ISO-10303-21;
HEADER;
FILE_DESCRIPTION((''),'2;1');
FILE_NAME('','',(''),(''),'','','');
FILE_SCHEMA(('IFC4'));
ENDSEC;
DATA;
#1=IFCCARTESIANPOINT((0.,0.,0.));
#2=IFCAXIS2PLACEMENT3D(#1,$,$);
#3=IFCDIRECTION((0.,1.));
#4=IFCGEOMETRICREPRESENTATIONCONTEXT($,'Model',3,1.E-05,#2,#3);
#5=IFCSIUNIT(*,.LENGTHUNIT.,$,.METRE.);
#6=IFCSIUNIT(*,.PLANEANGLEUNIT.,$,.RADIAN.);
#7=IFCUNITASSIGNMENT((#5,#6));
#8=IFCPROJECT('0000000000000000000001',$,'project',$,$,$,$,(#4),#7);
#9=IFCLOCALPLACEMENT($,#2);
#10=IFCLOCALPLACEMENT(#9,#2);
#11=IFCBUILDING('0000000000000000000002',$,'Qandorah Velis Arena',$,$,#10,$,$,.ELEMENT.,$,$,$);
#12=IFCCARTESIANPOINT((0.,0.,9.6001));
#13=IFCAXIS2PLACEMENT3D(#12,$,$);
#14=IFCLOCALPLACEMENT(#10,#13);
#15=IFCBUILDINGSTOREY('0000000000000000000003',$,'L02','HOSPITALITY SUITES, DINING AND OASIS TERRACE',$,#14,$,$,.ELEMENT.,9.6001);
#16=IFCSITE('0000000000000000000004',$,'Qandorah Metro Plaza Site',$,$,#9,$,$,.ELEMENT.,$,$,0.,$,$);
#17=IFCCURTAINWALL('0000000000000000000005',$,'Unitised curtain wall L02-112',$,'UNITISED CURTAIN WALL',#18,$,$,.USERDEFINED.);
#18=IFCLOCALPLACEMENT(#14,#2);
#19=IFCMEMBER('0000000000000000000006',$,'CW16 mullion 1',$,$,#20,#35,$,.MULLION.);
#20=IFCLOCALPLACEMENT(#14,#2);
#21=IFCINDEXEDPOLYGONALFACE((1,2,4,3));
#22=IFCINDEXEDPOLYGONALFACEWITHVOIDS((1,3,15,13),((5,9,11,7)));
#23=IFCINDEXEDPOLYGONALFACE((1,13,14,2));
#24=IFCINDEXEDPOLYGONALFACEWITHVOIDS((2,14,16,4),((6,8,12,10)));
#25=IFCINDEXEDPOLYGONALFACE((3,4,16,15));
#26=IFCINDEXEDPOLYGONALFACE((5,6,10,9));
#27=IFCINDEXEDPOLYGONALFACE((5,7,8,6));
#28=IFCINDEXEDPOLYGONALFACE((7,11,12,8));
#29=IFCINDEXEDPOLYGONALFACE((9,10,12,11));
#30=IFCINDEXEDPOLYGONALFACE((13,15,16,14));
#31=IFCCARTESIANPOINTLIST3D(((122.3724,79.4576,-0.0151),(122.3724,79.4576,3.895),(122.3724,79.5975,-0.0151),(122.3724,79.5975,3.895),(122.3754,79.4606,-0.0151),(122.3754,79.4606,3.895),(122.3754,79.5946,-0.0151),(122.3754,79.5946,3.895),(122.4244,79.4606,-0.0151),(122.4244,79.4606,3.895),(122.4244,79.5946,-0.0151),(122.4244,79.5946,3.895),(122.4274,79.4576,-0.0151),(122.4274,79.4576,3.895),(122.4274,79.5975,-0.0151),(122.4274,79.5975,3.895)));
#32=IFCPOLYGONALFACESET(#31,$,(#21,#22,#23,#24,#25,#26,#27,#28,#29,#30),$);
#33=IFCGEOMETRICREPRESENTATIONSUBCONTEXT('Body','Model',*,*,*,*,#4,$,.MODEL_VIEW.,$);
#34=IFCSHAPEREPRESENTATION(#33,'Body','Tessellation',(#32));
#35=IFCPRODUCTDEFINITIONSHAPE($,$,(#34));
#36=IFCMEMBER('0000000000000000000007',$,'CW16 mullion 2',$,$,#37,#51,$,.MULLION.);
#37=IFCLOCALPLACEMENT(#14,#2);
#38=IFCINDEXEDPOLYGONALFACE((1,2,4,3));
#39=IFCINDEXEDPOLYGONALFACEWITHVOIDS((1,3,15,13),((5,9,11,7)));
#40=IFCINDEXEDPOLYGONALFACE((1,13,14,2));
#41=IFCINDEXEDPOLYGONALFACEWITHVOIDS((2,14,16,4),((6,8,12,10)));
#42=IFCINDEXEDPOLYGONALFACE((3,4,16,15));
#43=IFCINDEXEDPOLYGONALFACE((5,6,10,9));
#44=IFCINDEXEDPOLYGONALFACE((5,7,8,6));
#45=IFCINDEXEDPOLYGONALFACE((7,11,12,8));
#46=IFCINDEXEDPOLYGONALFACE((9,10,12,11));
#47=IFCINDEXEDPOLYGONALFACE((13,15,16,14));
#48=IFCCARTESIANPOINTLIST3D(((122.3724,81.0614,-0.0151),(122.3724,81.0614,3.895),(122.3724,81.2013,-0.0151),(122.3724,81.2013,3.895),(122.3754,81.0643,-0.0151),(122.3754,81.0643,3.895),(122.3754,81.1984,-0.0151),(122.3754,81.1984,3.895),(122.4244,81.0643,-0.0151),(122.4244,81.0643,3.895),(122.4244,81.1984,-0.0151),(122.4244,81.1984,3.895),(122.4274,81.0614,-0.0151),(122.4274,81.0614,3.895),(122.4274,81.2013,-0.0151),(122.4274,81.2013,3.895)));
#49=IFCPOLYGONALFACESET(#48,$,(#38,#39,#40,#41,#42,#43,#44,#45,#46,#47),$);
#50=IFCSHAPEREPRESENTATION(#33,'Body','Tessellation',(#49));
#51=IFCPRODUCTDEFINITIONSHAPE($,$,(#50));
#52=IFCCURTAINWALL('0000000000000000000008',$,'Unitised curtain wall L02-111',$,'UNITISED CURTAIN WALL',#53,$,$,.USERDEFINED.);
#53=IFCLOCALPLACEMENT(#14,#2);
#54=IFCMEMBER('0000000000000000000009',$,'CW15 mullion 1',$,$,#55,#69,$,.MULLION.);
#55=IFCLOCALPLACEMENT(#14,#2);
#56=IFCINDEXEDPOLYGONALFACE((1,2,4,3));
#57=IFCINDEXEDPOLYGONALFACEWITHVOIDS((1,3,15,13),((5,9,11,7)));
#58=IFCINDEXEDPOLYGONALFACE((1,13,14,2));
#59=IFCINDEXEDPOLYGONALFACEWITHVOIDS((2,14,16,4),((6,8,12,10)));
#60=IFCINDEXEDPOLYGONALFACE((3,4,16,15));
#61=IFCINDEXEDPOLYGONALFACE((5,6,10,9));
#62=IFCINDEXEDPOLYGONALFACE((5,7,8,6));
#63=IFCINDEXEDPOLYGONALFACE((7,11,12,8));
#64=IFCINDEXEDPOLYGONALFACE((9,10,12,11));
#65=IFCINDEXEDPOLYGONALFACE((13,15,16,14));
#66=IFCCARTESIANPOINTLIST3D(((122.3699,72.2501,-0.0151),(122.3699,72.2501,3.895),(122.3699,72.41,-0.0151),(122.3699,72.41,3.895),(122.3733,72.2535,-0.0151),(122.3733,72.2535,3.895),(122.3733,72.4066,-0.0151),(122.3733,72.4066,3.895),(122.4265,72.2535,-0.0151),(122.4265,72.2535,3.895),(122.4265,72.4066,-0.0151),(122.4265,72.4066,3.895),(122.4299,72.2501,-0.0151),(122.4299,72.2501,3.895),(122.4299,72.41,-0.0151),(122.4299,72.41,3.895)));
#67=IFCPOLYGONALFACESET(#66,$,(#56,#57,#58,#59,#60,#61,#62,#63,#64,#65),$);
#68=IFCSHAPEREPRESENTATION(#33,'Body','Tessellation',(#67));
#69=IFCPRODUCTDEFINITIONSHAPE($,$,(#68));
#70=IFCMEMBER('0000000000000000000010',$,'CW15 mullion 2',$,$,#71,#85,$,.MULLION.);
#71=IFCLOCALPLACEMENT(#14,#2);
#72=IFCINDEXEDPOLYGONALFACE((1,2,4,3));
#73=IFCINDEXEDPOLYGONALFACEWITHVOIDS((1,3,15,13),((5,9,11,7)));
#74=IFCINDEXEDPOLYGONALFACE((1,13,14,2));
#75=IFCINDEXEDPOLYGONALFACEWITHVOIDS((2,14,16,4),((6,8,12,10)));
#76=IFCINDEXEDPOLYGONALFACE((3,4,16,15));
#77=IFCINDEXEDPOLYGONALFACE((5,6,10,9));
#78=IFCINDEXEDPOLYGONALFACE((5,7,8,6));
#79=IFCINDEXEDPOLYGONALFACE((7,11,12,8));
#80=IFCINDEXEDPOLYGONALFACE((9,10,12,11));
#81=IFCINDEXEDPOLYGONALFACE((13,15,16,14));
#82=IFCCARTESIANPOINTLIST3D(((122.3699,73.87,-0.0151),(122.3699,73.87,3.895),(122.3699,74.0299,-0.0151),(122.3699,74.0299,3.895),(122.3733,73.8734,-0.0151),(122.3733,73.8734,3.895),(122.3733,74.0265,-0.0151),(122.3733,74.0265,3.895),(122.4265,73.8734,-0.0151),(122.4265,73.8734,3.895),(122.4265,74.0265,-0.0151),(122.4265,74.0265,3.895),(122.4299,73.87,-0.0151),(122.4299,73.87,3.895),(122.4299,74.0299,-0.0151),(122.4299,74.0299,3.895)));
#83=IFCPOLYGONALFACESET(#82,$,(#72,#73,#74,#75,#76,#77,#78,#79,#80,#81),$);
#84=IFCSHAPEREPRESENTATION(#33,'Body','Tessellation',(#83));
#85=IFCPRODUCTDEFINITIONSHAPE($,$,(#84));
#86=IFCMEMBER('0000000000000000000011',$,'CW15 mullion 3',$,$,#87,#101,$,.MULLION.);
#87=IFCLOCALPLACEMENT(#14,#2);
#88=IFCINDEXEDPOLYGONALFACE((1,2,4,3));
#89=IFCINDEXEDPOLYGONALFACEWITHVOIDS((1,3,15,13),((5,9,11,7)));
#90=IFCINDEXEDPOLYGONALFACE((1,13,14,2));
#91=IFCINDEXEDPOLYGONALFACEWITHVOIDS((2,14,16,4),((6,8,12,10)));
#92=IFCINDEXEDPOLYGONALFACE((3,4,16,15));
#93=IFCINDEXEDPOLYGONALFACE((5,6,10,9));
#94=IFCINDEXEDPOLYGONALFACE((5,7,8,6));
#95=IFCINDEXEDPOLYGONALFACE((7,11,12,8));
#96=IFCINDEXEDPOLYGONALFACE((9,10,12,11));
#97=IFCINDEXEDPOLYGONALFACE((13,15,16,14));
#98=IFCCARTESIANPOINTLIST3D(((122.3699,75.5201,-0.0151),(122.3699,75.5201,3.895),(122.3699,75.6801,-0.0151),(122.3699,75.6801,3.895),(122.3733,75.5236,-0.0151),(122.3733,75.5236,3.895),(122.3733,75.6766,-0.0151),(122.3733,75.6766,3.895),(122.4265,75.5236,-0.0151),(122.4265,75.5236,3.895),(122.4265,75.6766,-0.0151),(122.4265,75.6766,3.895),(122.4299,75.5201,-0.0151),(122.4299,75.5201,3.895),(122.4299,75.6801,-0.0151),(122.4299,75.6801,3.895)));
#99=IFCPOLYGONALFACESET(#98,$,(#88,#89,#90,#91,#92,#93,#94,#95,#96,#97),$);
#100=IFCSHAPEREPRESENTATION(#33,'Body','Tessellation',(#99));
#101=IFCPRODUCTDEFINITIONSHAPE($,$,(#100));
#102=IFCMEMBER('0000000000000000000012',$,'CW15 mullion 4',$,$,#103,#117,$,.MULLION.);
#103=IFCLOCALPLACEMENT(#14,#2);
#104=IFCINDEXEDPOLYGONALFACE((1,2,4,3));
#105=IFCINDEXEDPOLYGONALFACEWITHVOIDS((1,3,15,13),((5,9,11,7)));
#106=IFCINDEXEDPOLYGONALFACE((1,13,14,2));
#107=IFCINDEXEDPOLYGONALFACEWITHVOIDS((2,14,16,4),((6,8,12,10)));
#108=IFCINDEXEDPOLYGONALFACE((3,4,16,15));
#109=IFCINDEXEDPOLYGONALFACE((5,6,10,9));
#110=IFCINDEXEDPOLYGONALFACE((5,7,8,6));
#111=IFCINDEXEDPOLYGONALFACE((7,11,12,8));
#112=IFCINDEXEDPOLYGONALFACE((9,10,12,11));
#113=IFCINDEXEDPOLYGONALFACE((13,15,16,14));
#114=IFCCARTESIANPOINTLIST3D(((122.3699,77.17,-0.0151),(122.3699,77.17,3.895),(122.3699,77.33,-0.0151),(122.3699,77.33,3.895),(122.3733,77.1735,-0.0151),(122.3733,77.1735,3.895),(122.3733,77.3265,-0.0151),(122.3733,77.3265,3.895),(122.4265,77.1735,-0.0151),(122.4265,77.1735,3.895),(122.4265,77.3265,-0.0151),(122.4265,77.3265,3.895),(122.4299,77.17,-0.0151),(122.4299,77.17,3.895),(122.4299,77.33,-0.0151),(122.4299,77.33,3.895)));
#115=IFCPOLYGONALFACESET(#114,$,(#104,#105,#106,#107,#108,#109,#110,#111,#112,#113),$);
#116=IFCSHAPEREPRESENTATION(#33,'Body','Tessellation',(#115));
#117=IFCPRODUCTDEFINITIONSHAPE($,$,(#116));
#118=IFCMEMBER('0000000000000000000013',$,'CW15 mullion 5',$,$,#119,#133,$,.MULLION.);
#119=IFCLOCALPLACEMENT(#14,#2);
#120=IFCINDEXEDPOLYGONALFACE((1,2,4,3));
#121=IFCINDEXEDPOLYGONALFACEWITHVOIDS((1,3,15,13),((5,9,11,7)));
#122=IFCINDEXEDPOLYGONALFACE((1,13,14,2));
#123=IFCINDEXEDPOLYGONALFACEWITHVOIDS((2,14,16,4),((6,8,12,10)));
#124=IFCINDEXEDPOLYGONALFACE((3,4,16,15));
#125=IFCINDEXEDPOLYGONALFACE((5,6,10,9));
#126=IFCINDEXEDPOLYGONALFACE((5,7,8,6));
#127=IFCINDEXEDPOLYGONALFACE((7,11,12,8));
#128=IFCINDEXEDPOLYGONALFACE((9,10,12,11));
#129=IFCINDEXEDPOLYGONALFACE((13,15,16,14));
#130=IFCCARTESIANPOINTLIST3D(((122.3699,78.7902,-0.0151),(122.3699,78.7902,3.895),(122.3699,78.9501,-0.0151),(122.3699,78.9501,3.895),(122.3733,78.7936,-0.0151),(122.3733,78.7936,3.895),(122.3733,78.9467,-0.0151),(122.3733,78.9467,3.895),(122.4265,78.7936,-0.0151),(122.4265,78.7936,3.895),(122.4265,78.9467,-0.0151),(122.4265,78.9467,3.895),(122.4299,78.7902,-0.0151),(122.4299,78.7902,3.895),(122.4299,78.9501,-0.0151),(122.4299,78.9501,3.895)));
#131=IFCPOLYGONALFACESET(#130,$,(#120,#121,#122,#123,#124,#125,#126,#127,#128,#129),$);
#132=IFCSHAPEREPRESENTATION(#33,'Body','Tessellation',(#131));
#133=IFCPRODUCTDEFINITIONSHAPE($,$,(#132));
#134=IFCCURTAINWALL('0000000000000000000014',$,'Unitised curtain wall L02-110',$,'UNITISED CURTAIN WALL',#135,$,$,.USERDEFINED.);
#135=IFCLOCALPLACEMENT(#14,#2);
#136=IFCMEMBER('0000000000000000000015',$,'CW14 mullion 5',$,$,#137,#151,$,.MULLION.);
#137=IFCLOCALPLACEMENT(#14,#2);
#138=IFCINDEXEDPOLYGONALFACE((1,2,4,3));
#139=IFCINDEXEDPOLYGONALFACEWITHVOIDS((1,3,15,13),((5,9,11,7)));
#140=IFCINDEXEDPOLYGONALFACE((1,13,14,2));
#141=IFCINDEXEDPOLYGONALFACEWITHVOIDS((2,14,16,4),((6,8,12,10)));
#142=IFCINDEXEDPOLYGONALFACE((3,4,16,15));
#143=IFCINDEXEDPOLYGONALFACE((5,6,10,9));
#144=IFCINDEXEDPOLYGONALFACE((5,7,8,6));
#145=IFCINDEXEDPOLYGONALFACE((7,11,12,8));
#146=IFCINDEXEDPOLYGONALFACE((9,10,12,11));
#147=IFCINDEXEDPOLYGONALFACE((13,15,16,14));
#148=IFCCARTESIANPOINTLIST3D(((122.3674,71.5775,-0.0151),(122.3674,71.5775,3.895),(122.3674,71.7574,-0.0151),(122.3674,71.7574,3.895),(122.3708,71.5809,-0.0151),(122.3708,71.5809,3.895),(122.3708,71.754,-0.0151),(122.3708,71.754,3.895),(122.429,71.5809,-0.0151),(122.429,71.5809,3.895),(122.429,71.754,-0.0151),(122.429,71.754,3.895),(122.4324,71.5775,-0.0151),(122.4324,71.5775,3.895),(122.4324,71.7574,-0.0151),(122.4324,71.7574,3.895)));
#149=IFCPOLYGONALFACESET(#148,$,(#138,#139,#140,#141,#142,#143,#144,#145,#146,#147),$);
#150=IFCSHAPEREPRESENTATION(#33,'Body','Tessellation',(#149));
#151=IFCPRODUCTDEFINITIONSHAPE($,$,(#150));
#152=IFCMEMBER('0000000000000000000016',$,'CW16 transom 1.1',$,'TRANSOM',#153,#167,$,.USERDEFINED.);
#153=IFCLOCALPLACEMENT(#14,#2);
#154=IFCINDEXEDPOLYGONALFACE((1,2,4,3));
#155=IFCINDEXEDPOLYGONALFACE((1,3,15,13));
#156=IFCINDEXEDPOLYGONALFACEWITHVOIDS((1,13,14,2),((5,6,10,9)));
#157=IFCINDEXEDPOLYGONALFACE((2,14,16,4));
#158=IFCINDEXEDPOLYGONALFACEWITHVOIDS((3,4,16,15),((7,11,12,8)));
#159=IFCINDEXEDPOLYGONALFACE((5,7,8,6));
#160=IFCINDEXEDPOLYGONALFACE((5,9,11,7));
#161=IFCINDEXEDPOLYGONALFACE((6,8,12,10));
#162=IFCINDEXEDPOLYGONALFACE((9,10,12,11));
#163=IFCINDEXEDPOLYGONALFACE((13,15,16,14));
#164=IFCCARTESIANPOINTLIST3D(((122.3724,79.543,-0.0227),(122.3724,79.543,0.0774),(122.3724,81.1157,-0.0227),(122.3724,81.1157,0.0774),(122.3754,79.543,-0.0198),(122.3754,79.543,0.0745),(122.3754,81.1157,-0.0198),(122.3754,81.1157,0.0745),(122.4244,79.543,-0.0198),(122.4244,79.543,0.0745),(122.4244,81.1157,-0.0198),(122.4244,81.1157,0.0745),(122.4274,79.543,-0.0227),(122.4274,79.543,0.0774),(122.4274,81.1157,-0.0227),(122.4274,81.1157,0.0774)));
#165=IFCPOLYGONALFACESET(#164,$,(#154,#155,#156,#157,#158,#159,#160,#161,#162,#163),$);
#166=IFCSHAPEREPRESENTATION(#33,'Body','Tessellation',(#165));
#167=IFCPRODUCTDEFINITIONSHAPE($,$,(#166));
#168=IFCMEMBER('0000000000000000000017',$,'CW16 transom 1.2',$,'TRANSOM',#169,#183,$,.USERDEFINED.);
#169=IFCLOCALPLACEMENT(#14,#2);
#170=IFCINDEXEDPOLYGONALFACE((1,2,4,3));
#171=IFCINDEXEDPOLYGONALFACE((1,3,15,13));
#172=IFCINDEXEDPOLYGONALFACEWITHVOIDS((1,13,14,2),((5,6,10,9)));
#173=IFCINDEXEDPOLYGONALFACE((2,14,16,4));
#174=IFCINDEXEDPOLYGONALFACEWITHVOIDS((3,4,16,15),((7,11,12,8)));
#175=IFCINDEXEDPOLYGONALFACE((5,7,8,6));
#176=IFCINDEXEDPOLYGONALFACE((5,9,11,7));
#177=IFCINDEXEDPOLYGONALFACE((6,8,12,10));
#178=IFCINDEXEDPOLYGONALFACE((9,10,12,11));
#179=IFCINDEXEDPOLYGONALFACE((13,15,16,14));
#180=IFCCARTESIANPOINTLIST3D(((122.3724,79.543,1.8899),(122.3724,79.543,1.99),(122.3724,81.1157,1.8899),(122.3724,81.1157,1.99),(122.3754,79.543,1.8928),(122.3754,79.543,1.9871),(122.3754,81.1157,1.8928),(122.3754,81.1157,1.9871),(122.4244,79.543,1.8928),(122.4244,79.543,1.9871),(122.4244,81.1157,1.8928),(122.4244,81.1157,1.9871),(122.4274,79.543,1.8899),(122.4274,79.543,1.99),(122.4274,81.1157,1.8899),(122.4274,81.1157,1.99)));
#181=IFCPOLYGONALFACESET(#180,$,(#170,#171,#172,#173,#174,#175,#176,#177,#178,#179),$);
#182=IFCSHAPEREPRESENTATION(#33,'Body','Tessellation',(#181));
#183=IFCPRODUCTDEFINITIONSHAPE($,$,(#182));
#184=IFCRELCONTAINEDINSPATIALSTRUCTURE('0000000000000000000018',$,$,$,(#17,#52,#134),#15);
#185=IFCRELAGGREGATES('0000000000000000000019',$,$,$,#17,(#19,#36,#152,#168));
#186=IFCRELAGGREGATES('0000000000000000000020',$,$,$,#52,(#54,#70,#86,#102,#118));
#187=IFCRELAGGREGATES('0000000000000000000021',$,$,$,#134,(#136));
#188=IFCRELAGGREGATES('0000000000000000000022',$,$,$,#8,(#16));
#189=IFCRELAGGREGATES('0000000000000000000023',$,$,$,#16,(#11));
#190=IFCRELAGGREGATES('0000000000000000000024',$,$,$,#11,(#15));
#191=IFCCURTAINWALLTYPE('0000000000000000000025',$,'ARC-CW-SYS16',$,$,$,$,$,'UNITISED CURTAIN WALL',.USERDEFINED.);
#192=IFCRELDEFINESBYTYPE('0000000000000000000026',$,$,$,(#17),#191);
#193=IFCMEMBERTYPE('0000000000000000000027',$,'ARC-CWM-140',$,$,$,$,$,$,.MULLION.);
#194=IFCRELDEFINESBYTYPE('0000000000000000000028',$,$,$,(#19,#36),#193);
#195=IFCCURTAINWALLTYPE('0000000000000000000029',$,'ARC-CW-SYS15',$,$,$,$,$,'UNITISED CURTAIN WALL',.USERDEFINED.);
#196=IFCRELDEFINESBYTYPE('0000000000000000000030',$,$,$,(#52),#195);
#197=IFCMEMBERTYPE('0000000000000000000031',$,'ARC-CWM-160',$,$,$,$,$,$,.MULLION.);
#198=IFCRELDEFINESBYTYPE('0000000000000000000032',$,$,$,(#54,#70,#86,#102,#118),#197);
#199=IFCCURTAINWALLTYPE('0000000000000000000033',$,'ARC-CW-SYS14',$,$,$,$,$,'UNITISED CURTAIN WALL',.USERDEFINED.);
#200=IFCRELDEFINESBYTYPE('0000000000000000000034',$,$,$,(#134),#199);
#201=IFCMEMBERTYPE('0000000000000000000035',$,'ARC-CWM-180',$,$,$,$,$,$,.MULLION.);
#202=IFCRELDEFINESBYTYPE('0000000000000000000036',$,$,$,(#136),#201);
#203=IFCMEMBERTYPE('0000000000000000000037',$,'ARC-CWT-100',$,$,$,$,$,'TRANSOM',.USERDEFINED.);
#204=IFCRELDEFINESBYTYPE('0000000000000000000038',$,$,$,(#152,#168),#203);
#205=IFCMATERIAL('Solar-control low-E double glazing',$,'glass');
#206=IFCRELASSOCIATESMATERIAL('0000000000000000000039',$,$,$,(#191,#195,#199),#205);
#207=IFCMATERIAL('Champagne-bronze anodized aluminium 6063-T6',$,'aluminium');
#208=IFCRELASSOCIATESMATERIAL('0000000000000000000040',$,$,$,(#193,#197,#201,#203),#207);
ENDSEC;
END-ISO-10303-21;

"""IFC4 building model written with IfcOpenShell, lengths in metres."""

from ifc_helpers import new_model, si_unit, direction, frame, origin, origin_2d, place, context, subcontext, project, spatial, hollow_rectangle, extrude, material, material_profile, profile_set, type_object, element, aggregate, save


model = new_model("IFC4")

# Units and contexts
model_context = context("Model", 3, precision=1e-05, world=origin(), true_north=direction((0.0, 1.0)))
body_context = subcontext(model_context, "Body", "Model", "MODEL_VIEW")
ifc_project = project(units=[si_unit("LENGTHUNIT", "METRE"), si_unit("PLANEANGLEUNIT", "RADIAN")], contexts=[model_context])

# Site, building, storey
site_placement = place(None, origin())
site = spatial("IfcSite", under=ifc_project, at=site_placement, Name="Qandorah Metro Plaza Site", CompositionType="ELEMENT", RefElevation=0.0)
building_placement = place(site_placement, origin())
building = spatial("IfcBuilding", under=site, at=building_placement, Name="Qandorah Velis Arena", CompositionType="ELEMENT")
storey_placement = place(building_placement, frame((0.0, 0.0, 9.6001)))
storey = spatial("IfcBuildingStorey", under=building, at=storey_placement, Name="L02", Description="HOSPITALITY SUITES, DINING AND OASIS TERRACE", CompositionType="ELEMENT", Elevation=9.6001)

# Curtain walls, members
ifc_material_1 = material(Name="Solar-control low-E double glazing", Category="glass")
curtain_wall_type_1 = type_object("IfcCurtainWallType", Name="ARC-CW-SYS16", ElementType="UNITISED CURTAIN WALL", PredefinedType="USERDEFINED", material=ifc_material_1)
curtain_wall_1_placement = place(storey_placement, origin())
curtain_wall_1 = element("IfcCurtainWall", 1, at=curtain_wall_1_placement, inside=storey, type_object=curtain_wall_type_1, Name="Unitised curtain wall L02-112", ObjectType="UNITISED CURTAIN WALL", PredefinedType="USERDEFINED")
ifc_material_2 = material(Name="Champagne-bronze anodized aluminium 6063-T6", Category="aluminium")
ifc_material_profile_1 = material_profile(ifc_material_2, hollow_rectangle(XDim=0.0549, YDim=0.1399, WallThickness=0.0029, at=origin_2d()), Name="ALU MULLION 55x140")
ifc_profile_set_1 = profile_set([ifc_material_profile_1], Name="Champagne-bronze anodized aluminium 6063-T6")
member_type_1 = type_object("IfcMemberType", Name="ARC-CWM-140", PredefinedType="MULLION", material=ifc_profile_set_1)
member_1_placement = place(storey_placement, frame((122.3999, 79.5276, -0.0151), z_axis=(0.0, 0.0, 1.0), x_axis=(-1.0, 0.0, 0.0)))
member_1 = element("IfcMember", 2, at=member_1_placement, type_object=member_type_1, Name="CW16 mullion 1", PredefinedType="MULLION", context=body_context, shape_type="SweptSolid", body=[
    extrude(hollow_rectangle(XDim=0.0549, YDim=0.1399, WallThickness=0.0029, at=origin_2d()), origin(), (0.0, 0.0, 1.0), 3.9102),
])
member_2_placement = place(storey_placement, frame((122.3999, 81.1313, -0.0151), z_axis=(0.0, 0.0, 1.0), x_axis=(-1.0, 0.0, 0.0)))
member_2 = element("IfcMember", 3, at=member_2_placement, type_object=member_type_1, Name="CW16 mullion 2", PredefinedType="MULLION", context=body_context, shape_type="SweptSolid", body=[
    extrude(hollow_rectangle(XDim=0.0549, YDim=0.1399, WallThickness=0.0029, at=origin_2d()), origin(), (0.0, 0.0, 1.0), 3.9102),
])
curtain_wall_type_2 = type_object("IfcCurtainWallType", Name="ARC-CW-SYS15", ElementType="UNITISED CURTAIN WALL", PredefinedType="USERDEFINED", material=ifc_material_1)
curtain_wall_2_placement = place(storey_placement, origin())
curtain_wall_2 = element("IfcCurtainWall", 4, at=curtain_wall_2_placement, inside=storey, type_object=curtain_wall_type_2, Name="Unitised curtain wall L02-111", ObjectType="UNITISED CURTAIN WALL", PredefinedType="USERDEFINED")
ifc_material_profile_2 = material_profile(ifc_material_2, hollow_rectangle(XDim=0.0601, YDim=0.1599, WallThickness=0.0034, at=origin_2d()), Name="ALU MULLION 60x160")
ifc_profile_set_2 = profile_set([ifc_material_profile_2], Name="Champagne-bronze anodized aluminium 6063-T6")
member_type_2 = type_object("IfcMemberType", Name="ARC-CWM-160", PredefinedType="MULLION", material=ifc_profile_set_2)
member_3_placement = place(storey_placement, frame((122.3999, 72.3301, -0.0151), z_axis=(0.0, 0.0, 1.0), x_axis=(-1.0, 0.0, 0.0)))
member_3 = element("IfcMember", 5, at=member_3_placement, type_object=member_type_2, Name="CW15 mullion 1", PredefinedType="MULLION", context=body_context, shape_type="SweptSolid", body=[
    extrude(hollow_rectangle(XDim=0.0601, YDim=0.1599, WallThickness=0.0034, at=origin_2d()), origin(), (0.0, 0.0, 1.0), 3.9102),
])
member_4_placement = place(storey_placement, frame((122.3999, 73.95, -0.0151), z_axis=(0.0, 0.0, 1.0), x_axis=(-1.0, 0.0, 0.0)))
member_4 = element("IfcMember", 6, at=member_4_placement, type_object=member_type_2, Name="CW15 mullion 2", PredefinedType="MULLION", context=body_context, shape_type="SweptSolid", body=[
    extrude(hollow_rectangle(XDim=0.0601, YDim=0.1599, WallThickness=0.0034, at=origin_2d()), origin(), (0.0, 0.0, 1.0), 3.9102),
])
member_5_placement = place(storey_placement, frame((122.3999, 75.6001, -0.0151), z_axis=(0.0, 0.0, 1.0), x_axis=(-1.0, 0.0, 0.0)))
member_5 = element("IfcMember", 7, at=member_5_placement, type_object=member_type_2, Name="CW15 mullion 3", PredefinedType="MULLION", context=body_context, shape_type="SweptSolid", body=[
    extrude(hollow_rectangle(XDim=0.0601, YDim=0.1599, WallThickness=0.0034, at=origin_2d()), origin(), (0.0, 0.0, 1.0), 3.9102),
])
member_6_placement = place(storey_placement, frame((122.3999, 77.25, -0.0151), z_axis=(0.0, 0.0, 1.0), x_axis=(-1.0, 0.0, 0.0)))
member_6 = element("IfcMember", 8, at=member_6_placement, type_object=member_type_2, Name="CW15 mullion 4", PredefinedType="MULLION", context=body_context, shape_type="SweptSolid", body=[
    extrude(hollow_rectangle(XDim=0.0601, YDim=0.1599, WallThickness=0.0034, at=origin_2d()), origin(), (0.0, 0.0, 1.0), 3.9102),
])
member_7_placement = place(storey_placement, frame((122.3999, 78.8701, -0.0151), z_axis=(0.0, 0.0, 1.0), x_axis=(-1.0, 0.0, 0.0)))
member_7 = element("IfcMember", 9, at=member_7_placement, type_object=member_type_2, Name="CW15 mullion 5", PredefinedType="MULLION", context=body_context, shape_type="SweptSolid", body=[
    extrude(hollow_rectangle(XDim=0.0601, YDim=0.1599, WallThickness=0.0034, at=origin_2d()), origin(), (0.0, 0.0, 1.0), 3.9102),
])

# Curtain wall, member
curtain_wall_type_3 = type_object("IfcCurtainWallType", Name="ARC-CW-SYS14", ElementType="UNITISED CURTAIN WALL", PredefinedType="USERDEFINED", material=ifc_material_1)
curtain_wall_3_placement = place(storey_placement, origin())
curtain_wall_3 = element("IfcCurtainWall", 10, at=curtain_wall_3_placement, inside=storey, type_object=curtain_wall_type_3, Name="Unitised curtain wall L02-110", ObjectType="UNITISED CURTAIN WALL", PredefinedType="USERDEFINED")
ifc_material_profile_3 = material_profile(ifc_material_2, hollow_rectangle(XDim=0.0649, YDim=0.1799, WallThickness=0.0034, at=origin_2d()), Name="ALU MULLION 65x180")
ifc_profile_set_3 = profile_set([ifc_material_profile_3], Name="Champagne-bronze anodized aluminium 6063-T6")
member_type_3 = type_object("IfcMemberType", Name="ARC-CWM-180", PredefinedType="MULLION", material=ifc_profile_set_3)
member_8_placement = place(storey_placement, frame((122.3999, 71.6675, -0.0151), z_axis=(0.0, 0.0, 1.0), x_axis=(-1.0, 0.0, 0.0)))
member_8 = element("IfcMember", 11, at=member_8_placement, type_object=member_type_3, Name="CW14 mullion 5", PredefinedType="MULLION", context=body_context, shape_type="SweptSolid", body=[
    extrude(hollow_rectangle(XDim=0.0649, YDim=0.1799, WallThickness=0.0034, at=origin_2d()), origin(), (0.0, 0.0, 1.0), 3.9102),
])

# Members
ifc_material_profile_4 = material_profile(ifc_material_2, hollow_rectangle(XDim=0.0549, YDim=0.1001, WallThickness=0.0029, at=origin_2d()), Name="ALU TRANSOM 55x100")
ifc_profile_set_4 = profile_set([ifc_material_profile_4], Name="Champagne-bronze anodized aluminium 6063-T6")
member_type_4 = type_object("IfcMemberType", Name="ARC-CWT-100", ElementType="TRANSOM", PredefinedType="USERDEFINED", material=ifc_profile_set_4)
member_9_placement = place(storey_placement, frame((122.3999, 79.543, 0.0273), z_axis=(0.0, 1.0, 0.0), x_axis=(-1.0, 0.0, 0.0)))
member_9 = element("IfcMember", 12, at=member_9_placement, type_object=member_type_4, Name="CW16 transom 1.1", ObjectType="TRANSOM", PredefinedType="USERDEFINED", context=body_context, shape_type="SweptSolid", body=[
    extrude(hollow_rectangle(XDim=0.0549, YDim=0.1001, WallThickness=0.0029, at=origin_2d()), origin(), (0.0, 0.0, 1.0), 1.5728),
])
member_10_placement = place(storey_placement, frame((122.3999, 79.543, 1.9399), z_axis=(0.0, 1.0, 0.0), x_axis=(-1.0, 0.0, 0.0)))
member_10 = element("IfcMember", 13, at=member_10_placement, type_object=member_type_4, Name="CW16 transom 1.2", ObjectType="TRANSOM", PredefinedType="USERDEFINED", context=body_context, shape_type="SweptSolid", body=[
    extrude(hollow_rectangle(XDim=0.0549, YDim=0.1001, WallThickness=0.0029, at=origin_2d()), origin(), (0.0, 0.0, 1.0), 1.5728),
])

aggregate(curtain_wall_1, [member_1, member_2, member_9, member_10])
aggregate(curtain_wall_2, [member_3, member_4, member_5, member_6, member_7])
aggregate(curtain_wall_3, [member_8])

save(model, "model.ifc")
